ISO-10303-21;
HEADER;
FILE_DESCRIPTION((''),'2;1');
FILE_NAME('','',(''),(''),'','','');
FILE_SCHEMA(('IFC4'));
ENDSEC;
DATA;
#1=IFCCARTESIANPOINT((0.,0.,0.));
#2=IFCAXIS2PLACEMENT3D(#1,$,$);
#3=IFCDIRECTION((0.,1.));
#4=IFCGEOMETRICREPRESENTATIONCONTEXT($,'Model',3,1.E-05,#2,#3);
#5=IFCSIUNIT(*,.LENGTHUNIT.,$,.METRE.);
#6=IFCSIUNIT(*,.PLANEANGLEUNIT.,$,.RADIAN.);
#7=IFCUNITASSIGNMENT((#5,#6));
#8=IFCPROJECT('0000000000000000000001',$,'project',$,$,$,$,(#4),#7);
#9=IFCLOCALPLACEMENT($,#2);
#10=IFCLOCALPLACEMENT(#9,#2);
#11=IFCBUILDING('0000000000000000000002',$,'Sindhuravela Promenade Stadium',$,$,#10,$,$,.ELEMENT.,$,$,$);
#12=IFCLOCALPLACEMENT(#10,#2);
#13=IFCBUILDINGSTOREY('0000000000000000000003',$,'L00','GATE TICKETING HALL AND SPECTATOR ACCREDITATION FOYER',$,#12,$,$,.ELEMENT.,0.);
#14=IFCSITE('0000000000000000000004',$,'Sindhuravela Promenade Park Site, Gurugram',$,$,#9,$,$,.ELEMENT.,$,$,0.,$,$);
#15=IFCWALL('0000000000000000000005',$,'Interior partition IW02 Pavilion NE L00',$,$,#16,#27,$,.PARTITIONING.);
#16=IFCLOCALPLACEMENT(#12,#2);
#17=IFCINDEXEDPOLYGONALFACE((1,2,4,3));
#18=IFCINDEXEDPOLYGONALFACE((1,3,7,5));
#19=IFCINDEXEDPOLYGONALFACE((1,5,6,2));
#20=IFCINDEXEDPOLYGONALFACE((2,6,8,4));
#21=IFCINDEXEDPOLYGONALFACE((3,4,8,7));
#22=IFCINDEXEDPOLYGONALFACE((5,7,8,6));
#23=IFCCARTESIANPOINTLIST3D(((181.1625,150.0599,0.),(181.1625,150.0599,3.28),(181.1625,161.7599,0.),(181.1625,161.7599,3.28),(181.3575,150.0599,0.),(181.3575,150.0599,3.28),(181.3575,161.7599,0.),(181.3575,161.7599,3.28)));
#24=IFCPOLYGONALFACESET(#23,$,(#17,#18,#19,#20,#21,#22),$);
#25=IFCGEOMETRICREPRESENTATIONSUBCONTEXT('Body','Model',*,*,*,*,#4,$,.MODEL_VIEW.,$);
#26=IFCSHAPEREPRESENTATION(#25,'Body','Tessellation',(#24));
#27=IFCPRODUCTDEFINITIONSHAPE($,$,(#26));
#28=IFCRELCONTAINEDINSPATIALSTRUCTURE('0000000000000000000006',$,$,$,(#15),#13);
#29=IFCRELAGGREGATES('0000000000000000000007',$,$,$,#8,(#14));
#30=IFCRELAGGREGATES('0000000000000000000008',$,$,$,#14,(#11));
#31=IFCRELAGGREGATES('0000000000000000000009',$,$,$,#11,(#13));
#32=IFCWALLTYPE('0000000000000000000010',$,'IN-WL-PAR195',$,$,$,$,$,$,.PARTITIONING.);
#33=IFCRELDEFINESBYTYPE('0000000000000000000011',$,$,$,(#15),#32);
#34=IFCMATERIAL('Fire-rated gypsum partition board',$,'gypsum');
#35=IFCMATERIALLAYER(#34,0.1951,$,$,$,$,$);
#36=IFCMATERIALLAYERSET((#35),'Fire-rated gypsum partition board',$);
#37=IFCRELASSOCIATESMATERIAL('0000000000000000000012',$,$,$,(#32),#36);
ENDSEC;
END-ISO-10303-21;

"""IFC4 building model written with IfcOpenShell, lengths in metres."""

from ifc_helpers import new_model, si_unit, direction, frame, frame_2d, origin, place, context, subcontext, project, spatial, rectangle, extrude, material, layer, layer_set, type_object, element, save


model = new_model("IFC4")

# Units and contexts
model_context = context("Model", 3, precision=1e-05, world=origin(), true_north=direction((0.0, 1.0)))
body_context = subcontext(model_context, "Body", "Model", "MODEL_VIEW")
ifc_project = project(units=[si_unit("LENGTHUNIT", "METRE"), si_unit("PLANEANGLEUNIT", "RADIAN")], contexts=[model_context])

# Site, building, storey
site_placement = place(None, origin())
site = spatial("IfcSite", under=ifc_project, at=site_placement, Name="Sindhuravela Promenade Park Site, Gurugram", CompositionType="ELEMENT", RefElevation=0.0)
building_placement = place(site_placement, origin())
building = spatial("IfcBuilding", under=site, at=building_placement, Name="Sindhuravela Promenade Stadium", CompositionType="ELEMENT")
storey_placement = place(building_placement, origin())
storey = spatial("IfcBuildingStorey", under=building, at=storey_placement, Name="L00", Description="GATE TICKETING HALL AND SPECTATOR ACCREDITATION FOYER", CompositionType="ELEMENT", Elevation=0.0)

# Wall
ifc_material_1 = material(Name="Fire-rated gypsum partition board", Category="gypsum")
ifc_layer_1 = layer(ifc_material_1, 0.1951)
ifc_layer_set_1 = layer_set([ifc_layer_1], Name="Fire-rated gypsum partition board")
wall_type_1 = type_object("IfcWallType", Name="IN-WL-PAR195", PredefinedType="PARTITIONING", material=ifc_layer_set_1)
wall_1_placement = place(storey_placement, frame((181.26, 161.76, 0.0), z_axis=(0.0, 0.0, 1.0), x_axis=(0.0, -1.0, 0.0)))
element("IfcWall", 1, at=wall_1_placement, inside=storey, type_object=wall_type_1, Name="Interior partition IW02 Pavilion NE L00", PredefinedType="PARTITIONING", context=body_context, shape_type="SweptSolid", body=[
    extrude(rectangle(XDim=11.7, YDim=0.1951, at=frame_2d((5.8501, 0.0))), origin(), (0.0, 0.0, 1.0), 3.28),
])

save(model, "model.ifc")
